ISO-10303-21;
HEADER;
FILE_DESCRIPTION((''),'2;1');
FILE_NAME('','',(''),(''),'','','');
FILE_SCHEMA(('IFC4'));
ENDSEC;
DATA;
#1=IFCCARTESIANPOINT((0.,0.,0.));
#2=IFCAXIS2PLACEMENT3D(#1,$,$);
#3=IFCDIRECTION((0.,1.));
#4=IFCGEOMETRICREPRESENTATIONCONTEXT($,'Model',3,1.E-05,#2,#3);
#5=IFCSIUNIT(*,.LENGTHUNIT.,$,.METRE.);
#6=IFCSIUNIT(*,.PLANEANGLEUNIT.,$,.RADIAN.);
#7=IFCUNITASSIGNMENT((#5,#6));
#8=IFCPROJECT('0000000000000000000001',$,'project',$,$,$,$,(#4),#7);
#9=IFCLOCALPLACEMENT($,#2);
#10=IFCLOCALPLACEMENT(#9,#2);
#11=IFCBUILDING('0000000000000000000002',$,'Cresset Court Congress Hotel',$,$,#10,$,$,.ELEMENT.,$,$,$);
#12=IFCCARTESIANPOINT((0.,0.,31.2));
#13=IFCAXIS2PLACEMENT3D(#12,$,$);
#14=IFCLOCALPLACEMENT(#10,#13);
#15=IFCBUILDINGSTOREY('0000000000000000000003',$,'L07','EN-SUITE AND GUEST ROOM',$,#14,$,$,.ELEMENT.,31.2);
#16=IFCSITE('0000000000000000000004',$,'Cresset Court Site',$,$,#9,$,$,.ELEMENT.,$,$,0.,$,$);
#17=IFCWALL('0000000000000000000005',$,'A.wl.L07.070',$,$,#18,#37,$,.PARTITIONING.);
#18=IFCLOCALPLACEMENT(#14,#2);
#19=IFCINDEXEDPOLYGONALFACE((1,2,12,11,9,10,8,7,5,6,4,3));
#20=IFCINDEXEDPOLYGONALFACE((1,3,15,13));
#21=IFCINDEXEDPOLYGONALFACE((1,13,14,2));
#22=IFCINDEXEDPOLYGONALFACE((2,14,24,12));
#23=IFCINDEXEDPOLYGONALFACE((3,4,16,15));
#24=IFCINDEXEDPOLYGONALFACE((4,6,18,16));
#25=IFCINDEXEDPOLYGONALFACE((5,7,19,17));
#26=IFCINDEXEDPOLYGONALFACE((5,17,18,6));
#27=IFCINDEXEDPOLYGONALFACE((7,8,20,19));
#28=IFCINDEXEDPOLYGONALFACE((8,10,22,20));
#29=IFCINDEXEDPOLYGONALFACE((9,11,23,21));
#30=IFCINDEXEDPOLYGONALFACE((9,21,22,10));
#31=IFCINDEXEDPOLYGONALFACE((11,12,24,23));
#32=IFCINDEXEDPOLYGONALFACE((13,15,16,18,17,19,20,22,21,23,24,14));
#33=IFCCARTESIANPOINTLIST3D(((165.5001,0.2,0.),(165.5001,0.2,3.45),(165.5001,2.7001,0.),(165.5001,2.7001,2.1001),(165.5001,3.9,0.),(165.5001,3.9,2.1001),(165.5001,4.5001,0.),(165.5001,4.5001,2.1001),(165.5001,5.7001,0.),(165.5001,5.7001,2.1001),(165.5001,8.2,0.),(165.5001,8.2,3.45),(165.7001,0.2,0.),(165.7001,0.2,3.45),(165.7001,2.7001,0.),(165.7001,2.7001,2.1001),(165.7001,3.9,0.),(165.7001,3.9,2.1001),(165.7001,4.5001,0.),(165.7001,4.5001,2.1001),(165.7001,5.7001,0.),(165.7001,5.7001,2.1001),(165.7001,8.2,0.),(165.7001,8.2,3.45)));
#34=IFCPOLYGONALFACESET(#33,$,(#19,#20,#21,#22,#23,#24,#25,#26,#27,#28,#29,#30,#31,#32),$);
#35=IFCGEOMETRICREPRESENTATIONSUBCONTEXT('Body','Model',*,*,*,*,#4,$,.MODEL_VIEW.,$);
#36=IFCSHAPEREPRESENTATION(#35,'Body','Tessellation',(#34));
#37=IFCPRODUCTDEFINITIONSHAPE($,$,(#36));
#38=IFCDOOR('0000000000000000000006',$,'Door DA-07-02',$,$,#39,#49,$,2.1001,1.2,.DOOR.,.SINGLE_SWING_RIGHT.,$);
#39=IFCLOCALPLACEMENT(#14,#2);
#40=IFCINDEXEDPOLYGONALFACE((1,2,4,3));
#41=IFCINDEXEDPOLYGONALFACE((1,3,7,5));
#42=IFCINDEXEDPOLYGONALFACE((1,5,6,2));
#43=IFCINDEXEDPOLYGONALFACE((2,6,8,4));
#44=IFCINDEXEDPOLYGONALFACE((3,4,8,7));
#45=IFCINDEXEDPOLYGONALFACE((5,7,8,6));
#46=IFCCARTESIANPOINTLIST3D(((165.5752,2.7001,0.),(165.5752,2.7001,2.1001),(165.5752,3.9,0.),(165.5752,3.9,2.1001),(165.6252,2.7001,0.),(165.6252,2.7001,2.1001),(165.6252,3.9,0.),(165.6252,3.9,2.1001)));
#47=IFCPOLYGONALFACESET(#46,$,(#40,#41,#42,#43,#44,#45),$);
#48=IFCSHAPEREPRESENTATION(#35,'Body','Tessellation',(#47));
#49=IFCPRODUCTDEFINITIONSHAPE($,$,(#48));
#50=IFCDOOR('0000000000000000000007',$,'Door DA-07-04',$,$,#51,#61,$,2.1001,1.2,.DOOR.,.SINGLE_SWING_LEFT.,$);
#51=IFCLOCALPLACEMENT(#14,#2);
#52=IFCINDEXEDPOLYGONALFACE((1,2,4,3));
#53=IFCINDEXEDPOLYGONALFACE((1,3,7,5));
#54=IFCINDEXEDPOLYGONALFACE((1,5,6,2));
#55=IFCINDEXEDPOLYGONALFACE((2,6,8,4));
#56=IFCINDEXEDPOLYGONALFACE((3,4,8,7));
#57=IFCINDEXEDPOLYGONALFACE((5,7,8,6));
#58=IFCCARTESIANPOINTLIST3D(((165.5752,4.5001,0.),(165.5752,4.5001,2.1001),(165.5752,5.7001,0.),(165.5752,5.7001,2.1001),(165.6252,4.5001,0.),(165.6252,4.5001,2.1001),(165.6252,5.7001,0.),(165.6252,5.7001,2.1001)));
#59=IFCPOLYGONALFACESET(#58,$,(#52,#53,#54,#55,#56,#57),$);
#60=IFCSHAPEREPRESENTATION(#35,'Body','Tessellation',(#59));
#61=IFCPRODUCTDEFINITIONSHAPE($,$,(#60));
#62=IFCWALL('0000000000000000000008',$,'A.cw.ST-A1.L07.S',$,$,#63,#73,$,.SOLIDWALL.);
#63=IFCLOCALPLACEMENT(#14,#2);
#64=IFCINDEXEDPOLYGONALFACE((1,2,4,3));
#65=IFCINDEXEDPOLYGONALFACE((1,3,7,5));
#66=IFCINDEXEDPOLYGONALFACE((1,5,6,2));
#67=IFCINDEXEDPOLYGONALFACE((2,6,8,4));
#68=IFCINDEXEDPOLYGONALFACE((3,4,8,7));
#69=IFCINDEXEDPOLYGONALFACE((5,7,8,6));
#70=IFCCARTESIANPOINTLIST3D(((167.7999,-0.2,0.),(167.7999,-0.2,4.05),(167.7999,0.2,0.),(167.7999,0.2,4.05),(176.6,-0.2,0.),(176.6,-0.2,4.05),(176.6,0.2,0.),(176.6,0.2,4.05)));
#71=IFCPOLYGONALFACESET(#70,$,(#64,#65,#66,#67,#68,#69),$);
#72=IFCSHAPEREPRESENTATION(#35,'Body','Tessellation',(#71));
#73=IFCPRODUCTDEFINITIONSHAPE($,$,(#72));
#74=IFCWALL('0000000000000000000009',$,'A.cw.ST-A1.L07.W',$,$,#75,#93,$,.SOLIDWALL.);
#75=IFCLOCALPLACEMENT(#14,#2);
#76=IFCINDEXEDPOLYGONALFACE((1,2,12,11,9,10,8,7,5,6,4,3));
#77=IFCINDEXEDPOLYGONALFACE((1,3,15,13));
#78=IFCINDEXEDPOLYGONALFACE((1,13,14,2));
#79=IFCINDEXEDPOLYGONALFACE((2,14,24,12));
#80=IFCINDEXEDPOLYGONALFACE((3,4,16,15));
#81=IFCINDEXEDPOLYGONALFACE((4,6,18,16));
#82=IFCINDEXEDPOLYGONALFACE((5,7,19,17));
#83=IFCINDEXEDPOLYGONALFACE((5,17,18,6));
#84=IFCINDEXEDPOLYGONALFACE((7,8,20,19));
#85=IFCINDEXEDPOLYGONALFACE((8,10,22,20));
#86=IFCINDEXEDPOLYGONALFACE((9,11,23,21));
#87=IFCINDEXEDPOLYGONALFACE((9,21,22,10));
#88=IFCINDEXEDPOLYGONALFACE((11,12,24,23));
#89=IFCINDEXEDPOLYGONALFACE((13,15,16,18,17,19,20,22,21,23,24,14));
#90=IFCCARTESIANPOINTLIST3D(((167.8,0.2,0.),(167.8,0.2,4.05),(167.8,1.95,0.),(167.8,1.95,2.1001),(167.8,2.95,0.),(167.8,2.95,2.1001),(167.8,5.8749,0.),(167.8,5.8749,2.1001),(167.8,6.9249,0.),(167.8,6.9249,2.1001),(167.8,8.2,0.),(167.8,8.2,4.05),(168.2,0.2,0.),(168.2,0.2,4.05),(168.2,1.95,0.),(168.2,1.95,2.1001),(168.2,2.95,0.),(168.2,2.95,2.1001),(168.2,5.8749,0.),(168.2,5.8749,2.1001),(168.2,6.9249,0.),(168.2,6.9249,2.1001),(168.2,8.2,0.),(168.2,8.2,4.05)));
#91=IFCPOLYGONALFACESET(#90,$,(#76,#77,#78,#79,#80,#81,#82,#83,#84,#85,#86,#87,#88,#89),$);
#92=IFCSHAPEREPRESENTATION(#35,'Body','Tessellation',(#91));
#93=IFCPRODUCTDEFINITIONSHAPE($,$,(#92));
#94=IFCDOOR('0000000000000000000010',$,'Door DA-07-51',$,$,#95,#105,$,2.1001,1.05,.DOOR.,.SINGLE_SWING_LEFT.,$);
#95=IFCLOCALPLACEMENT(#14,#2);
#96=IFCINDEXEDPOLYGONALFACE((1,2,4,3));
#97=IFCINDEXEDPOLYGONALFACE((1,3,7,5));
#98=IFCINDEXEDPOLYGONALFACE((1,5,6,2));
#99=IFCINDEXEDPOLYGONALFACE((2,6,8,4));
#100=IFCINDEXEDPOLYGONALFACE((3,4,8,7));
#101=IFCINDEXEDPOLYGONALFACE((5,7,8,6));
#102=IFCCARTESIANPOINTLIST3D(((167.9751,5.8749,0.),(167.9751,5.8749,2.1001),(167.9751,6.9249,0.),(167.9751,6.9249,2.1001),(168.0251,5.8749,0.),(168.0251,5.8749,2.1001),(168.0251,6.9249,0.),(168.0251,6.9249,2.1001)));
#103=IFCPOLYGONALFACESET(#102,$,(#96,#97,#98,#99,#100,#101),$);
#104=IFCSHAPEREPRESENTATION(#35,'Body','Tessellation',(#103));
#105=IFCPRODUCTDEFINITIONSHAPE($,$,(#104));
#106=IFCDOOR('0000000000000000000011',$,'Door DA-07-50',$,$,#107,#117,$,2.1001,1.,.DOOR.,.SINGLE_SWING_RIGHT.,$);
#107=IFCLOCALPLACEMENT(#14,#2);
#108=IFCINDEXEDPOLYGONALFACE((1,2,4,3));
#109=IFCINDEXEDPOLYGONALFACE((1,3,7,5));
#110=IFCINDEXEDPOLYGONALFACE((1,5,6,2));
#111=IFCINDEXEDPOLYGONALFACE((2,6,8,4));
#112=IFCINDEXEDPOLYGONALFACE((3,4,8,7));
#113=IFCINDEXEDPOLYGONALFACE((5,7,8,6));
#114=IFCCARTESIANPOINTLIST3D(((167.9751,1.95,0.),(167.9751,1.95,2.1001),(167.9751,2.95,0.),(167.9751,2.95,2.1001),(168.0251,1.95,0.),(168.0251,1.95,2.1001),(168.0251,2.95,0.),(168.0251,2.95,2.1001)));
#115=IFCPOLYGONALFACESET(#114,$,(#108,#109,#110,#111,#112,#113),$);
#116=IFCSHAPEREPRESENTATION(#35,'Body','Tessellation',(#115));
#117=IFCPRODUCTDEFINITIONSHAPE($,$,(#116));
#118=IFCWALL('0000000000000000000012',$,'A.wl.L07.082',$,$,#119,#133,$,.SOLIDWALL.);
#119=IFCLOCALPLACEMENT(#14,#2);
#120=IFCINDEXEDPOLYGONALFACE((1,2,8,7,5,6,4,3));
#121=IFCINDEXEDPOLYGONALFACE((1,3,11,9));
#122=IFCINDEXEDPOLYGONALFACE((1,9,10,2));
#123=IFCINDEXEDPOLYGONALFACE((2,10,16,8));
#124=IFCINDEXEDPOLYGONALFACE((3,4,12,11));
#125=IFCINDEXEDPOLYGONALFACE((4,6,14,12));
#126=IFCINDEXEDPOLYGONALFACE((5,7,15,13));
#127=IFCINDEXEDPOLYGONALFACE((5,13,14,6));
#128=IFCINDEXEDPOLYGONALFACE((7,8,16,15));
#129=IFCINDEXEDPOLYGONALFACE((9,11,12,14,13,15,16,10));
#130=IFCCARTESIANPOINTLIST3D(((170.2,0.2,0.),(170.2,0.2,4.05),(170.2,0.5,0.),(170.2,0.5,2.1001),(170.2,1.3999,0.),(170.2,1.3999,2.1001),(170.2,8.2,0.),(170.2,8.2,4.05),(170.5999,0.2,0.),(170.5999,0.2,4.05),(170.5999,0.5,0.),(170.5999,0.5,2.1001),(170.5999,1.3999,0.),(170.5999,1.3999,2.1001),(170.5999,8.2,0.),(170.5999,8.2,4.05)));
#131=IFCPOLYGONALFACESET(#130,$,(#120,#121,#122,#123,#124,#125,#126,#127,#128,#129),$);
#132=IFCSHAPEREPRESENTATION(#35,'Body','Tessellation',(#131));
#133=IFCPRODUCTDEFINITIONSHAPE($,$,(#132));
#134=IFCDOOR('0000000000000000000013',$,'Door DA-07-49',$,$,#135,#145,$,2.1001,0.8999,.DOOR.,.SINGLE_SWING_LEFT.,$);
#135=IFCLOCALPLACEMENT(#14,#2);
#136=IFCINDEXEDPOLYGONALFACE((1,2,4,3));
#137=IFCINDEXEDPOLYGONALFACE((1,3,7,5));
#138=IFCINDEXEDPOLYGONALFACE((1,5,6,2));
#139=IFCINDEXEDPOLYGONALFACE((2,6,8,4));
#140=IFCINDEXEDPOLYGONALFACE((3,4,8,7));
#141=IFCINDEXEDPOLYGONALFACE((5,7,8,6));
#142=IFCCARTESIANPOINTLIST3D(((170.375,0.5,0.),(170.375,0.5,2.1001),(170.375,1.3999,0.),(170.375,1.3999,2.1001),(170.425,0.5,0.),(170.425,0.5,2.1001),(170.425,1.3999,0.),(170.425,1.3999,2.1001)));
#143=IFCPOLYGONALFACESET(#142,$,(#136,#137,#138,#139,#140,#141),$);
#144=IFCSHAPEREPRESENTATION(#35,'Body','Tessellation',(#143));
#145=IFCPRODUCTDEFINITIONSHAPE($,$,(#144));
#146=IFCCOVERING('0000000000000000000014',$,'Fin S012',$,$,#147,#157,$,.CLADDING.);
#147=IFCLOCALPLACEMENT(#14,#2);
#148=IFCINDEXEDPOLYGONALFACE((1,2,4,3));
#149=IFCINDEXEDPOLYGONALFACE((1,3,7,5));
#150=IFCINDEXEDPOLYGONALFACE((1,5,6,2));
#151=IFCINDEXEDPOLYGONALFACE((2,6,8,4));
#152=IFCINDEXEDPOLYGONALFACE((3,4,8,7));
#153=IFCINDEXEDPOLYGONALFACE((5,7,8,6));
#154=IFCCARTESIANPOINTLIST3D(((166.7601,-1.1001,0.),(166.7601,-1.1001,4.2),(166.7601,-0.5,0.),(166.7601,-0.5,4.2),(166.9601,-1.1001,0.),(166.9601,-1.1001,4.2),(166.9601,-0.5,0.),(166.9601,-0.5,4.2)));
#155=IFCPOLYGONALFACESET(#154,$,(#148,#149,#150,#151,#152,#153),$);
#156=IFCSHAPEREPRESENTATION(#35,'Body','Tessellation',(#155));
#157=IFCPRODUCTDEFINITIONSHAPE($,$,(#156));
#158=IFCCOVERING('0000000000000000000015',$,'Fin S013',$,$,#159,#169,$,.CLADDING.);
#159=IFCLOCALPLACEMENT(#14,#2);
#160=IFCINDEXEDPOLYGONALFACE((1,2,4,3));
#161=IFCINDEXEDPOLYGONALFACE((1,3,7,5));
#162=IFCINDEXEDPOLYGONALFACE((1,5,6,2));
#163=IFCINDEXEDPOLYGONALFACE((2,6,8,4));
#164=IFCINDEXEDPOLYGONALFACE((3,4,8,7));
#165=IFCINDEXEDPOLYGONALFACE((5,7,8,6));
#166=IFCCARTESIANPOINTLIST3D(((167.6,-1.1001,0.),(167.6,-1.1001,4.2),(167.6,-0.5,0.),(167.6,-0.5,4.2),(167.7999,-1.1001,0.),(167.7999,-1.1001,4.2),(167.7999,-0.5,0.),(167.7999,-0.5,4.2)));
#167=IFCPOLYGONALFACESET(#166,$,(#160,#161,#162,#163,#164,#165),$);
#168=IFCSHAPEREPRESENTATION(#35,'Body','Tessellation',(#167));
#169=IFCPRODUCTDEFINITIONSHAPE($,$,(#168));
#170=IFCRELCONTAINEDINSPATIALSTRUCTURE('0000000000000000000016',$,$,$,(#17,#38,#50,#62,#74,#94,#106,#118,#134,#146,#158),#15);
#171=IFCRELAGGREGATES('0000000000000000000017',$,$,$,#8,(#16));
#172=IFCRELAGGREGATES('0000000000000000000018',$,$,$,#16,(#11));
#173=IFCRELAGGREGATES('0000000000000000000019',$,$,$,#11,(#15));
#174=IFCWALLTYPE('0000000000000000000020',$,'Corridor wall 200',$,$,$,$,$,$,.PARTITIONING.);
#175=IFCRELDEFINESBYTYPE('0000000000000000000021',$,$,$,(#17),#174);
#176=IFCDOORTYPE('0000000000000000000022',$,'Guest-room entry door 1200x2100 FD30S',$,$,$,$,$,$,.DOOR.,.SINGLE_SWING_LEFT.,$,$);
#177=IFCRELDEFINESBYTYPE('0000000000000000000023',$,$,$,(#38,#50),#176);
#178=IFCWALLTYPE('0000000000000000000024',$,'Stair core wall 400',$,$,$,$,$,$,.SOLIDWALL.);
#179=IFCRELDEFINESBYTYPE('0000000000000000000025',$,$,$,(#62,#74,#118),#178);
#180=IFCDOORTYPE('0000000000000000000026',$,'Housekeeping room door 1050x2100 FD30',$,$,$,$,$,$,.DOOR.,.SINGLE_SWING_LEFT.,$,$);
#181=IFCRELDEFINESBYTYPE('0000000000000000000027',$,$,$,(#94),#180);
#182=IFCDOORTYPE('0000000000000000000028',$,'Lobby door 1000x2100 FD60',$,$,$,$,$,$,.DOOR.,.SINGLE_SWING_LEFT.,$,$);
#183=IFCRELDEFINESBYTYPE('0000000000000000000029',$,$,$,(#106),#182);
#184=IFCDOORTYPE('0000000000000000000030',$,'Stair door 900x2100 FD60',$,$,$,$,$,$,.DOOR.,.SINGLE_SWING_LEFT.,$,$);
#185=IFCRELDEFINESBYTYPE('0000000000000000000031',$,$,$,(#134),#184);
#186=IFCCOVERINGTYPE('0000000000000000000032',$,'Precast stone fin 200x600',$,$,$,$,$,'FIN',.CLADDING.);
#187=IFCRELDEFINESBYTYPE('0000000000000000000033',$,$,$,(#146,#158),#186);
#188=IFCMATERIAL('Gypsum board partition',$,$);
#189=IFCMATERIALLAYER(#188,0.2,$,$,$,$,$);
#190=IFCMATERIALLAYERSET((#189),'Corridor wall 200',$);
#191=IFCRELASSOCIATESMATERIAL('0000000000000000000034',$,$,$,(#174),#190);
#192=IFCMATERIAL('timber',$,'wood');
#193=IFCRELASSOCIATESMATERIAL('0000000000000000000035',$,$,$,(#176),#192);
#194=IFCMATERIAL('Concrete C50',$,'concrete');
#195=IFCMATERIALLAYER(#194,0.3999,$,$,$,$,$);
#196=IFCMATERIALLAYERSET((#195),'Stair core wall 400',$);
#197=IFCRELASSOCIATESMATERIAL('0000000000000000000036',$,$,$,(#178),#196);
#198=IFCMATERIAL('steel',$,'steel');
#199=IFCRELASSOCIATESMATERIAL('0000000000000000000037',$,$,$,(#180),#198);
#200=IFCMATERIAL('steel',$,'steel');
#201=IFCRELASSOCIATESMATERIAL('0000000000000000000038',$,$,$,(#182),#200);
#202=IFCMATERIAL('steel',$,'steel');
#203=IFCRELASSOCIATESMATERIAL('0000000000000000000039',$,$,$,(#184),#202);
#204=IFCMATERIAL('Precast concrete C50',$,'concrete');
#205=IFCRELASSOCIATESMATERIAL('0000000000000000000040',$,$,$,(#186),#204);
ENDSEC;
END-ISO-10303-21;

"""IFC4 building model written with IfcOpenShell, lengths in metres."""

from ifc_helpers import new_model, si_unit, direction, frame, frame_2d, origin, origin_2d, place, context, subcontext, project, spatial, rectangle, extrude, material, layer, layer_set, type_object, element, fill, save


model = new_model("IFC4")

# Units and contexts
model_context = context("Model", 3, precision=1e-05, world=origin(), true_north=direction((0.0, 1.0)))
body_context = subcontext(model_context, "Body", "Model", "MODEL_VIEW")
ifc_project = project(units=[si_unit("LENGTHUNIT", "METRE"), si_unit("PLANEANGLEUNIT", "RADIAN")], contexts=[model_context])

# Site, building, storey
site_placement = place(None, origin())
site = spatial("IfcSite", under=ifc_project, at=site_placement, Name="Cresset Court Site", CompositionType="ELEMENT", RefElevation=0.0)
building_placement = place(site_placement, origin())
building = spatial("IfcBuilding", under=site, at=building_placement, Name="Cresset Court Congress Hotel", CompositionType="ELEMENT")
storey_placement = place(building_placement, frame((0.0, 0.0, 31.2)))
storey = spatial("IfcBuildingStorey", under=building, at=storey_placement, Name="L07", Description="EN-SUITE AND GUEST ROOM", CompositionType="ELEMENT", Elevation=31.2)

# Wall, openings, doors
ifc_material_1 = material(Name="Gypsum board partition")
ifc_layer_1 = layer(ifc_material_1, 0.2)
ifc_layer_set_1 = layer_set([ifc_layer_1], Name="Corridor wall 200")
wall_type_1 = type_object("IfcWallType", Name="Corridor wall 200", PredefinedType="PARTITIONING", material=ifc_layer_set_1)
wall_1_placement = place(storey_placement, frame((165.6001, 0.2, 0.0), z_axis=(0.0, 0.0, 1.0), x_axis=(0.0, 1.0, 0.0)))
wall_1 = element("IfcWall", 1, at=wall_1_placement, inside=storey, type_object=wall_type_1, Name="A.wl.L07.070", PredefinedType="PARTITIONING", context=body_context, shape_type="SweptSolid", body=[
    extrude(rectangle(XDim=8.0, YDim=0.2, at=frame_2d((4.0, 0.0))), origin(), (0.0, 0.0, 1.0), 3.45),
])
opening_1_placement = place(wall_1_placement, frame((2.5, 0.0, 0.0)))
opening_1 = element("IfcOpeningElement", 2, at=opening_1_placement, cuts=wall_1, PredefinedType="OPENING", context=body_context, shape_type="SweptSolid", body=[
    extrude(rectangle(XDim=1.2, YDim=2.1001, at=frame_2d((0.6001, 1.05))), frame((0.0, 0.1099, 0.0), z_axis=(0.0, -1.0, 0.0), x_axis=(1.0, 0.0, 0.0)), (0.0, 0.0, 1.0), 0.22),
])
opening_2_placement = place(wall_1_placement, frame((4.3, 0.0, 0.0)))
opening_2 = element("IfcOpeningElement", 3, at=opening_2_placement, cuts=wall_1, PredefinedType="OPENING", context=body_context, shape_type="SweptSolid", body=[
    extrude(rectangle(XDim=1.2, YDim=2.1001, at=frame_2d((0.6001, 1.05))), frame((0.0, 0.1099, 0.0), z_axis=(0.0, -1.0, 0.0), x_axis=(1.0, 0.0, 0.0)), (0.0, 0.0, 1.0), 0.22),
])
ifc_material_2 = material(Name="timber", Category="wood")
door_type_1 = type_object("IfcDoorType", Name="Guest-room entry door 1200x2100 FD30S", OperationType="SINGLE_SWING_LEFT", PredefinedType="DOOR", material=ifc_material_2)
door_1_placement = place(opening_1_placement, origin())
door_1 = element("IfcDoor", 4, at=door_1_placement, inside=storey, type_object=door_type_1, Name="Door DA-07-02", OperationType="SINGLE_SWING_RIGHT", OverallHeight=2.1001, OverallWidth=1.2, PredefinedType="DOOR", context=body_context, shape_type="SweptSolid", body=[
    extrude(rectangle(XDim=1.2, YDim=2.1001, at=frame_2d((0.6001, 1.05))), frame((0.0, 0.0249, 0.0), z_axis=(0.0, -1.0, 0.0), x_axis=(1.0, 0.0, 0.0)), (0.0, 0.0, 1.0), 0.05),
])
fill(opening_1, door_1)
door_2_placement = place(opening_2_placement, origin())
door_2 = element("IfcDoor", 5, at=door_2_placement, inside=storey, type_object=door_type_1, Name="Door DA-07-04", OperationType="SINGLE_SWING_LEFT", OverallHeight=2.1001, OverallWidth=1.2, PredefinedType="DOOR", context=body_context, shape_type="SweptSolid", body=[
    extrude(rectangle(XDim=1.2, YDim=2.1001, at=frame_2d((0.6001, 1.05))), frame((0.0, 0.0249, 0.0), z_axis=(0.0, -1.0, 0.0), x_axis=(1.0, 0.0, 0.0)), (0.0, 0.0, 1.0), 0.05),
])
fill(opening_2, door_2)

# Wall
ifc_material_3 = material(Name="Concrete C50", Category="concrete")
ifc_layer_2 = layer(ifc_material_3, 0.3999)
ifc_layer_set_2 = layer_set([ifc_layer_2], Name="Stair core wall 400")
wall_type_2 = type_object("IfcWallType", Name="Stair core wall 400", PredefinedType="SOLIDWALL", material=ifc_layer_set_2)
wall_2_placement = place(storey_placement, frame((167.8, 0.0, 0.0), z_axis=(0.0, 0.0, 1.0), x_axis=(1.0, 0.0, 0.0)))
element("IfcWall", 6, at=wall_2_placement, inside=storey, type_object=wall_type_2, Name="A.cw.ST-A1.L07.S", PredefinedType="SOLIDWALL", context=body_context, shape_type="SweptSolid", body=[
    extrude(rectangle(XDim=8.8, YDim=0.3999, at=frame_2d((4.3999, 0.0))), origin(), (0.0, 0.0, 1.0), 4.05),
])

# Wall, openings, doors
wall_3_placement = place(storey_placement, frame((168.0, 0.2, 0.0), z_axis=(0.0, 0.0, 1.0), x_axis=(0.0, 1.0, 0.0)))
wall_3 = element("IfcWall", 7, at=wall_3_placement, inside=storey, type_object=wall_type_2, Name="A.cw.ST-A1.L07.W", PredefinedType="SOLIDWALL", context=body_context, shape_type="SweptSolid", body=[
    extrude(rectangle(XDim=8.0, YDim=0.3999, at=frame_2d((4.0, 0.0))), origin(), (0.0, 0.0, 1.0), 4.05),
])
opening_3_placement = place(wall_3_placement, frame((1.75, 0.0, 0.0)))
opening_3 = element("IfcOpeningElement", 8, at=opening_3_placement, cuts=wall_3, PredefinedType="OPENING", context=body_context, shape_type="SweptSolid", body=[
    extrude(rectangle(XDim=1.0, YDim=2.1001, at=frame_2d((0.5, 1.05))), frame((0.0, 0.21, 0.0), z_axis=(0.0, -1.0, 0.0), x_axis=(1.0, 0.0, 0.0)), (0.0, 0.0, 1.0), 0.4199),
])
opening_4_placement = place(wall_3_placement, frame((5.675, 0.0, 0.0)))
opening_4 = element("IfcOpeningElement", 9, at=opening_4_placement, cuts=wall_3, PredefinedType="OPENING", context=body_context, shape_type="SweptSolid", body=[
    extrude(rectangle(XDim=1.05, YDim=2.1001, at=frame_2d((0.5249, 1.05))), frame((0.0, 0.21, 0.0), z_axis=(0.0, -1.0, 0.0), x_axis=(1.0, 0.0, 0.0)), (0.0, 0.0, 1.0), 0.4199),
])
ifc_material_4 = material(Name="steel", Category="steel")
door_type_2 = type_object("IfcDoorType", Name="Housekeeping room door 1050x2100 FD30", OperationType="SINGLE_SWING_LEFT", PredefinedType="DOOR", material=ifc_material_4)
door_3_placement = place(opening_4_placement, origin())
door_3 = element("IfcDoor", 10, at=door_3_placement, inside=storey, type_object=door_type_2, Name="Door DA-07-51", OperationType="SINGLE_SWING_LEFT", OverallHeight=2.1001, OverallWidth=1.05, PredefinedType="DOOR", context=body_context, shape_type="SweptSolid", body=[
    extrude(rectangle(XDim=1.05, YDim=2.1001, at=frame_2d((0.5249, 1.05))), frame((0.0, 0.0249, 0.0), z_axis=(0.0, -1.0, 0.0), x_axis=(1.0, 0.0, 0.0)), (0.0, 0.0, 1.0), 0.05),
])
fill(opening_4, door_3)
ifc_material_5 = material(Name="steel", Category="steel")
door_type_3 = type_object("IfcDoorType", Name="Lobby door 1000x2100 FD60", OperationType="SINGLE_SWING_LEFT", PredefinedType="DOOR", material=ifc_material_5)
door_4_placement = place(opening_3_placement, origin())
door_4 = element("IfcDoor", 11, at=door_4_placement, inside=storey, type_object=door_type_3, Name="Door DA-07-50", OperationType="SINGLE_SWING_RIGHT", OverallHeight=2.1001, OverallWidth=1.0, PredefinedType="DOOR", context=body_context, shape_type="SweptSolid", body=[
    extrude(rectangle(XDim=1.0, YDim=2.1001, at=frame_2d((0.5, 1.05))), frame((0.0, 0.0249, 0.0), z_axis=(0.0, -1.0, 0.0), x_axis=(1.0, 0.0, 0.0)), (0.0, 0.0, 1.0), 0.05),
])
fill(opening_3, door_4)

# Wall, opening, door
wall_4_placement = place(storey_placement, frame((170.3999, 0.2, 0.0), z_axis=(0.0, 0.0, 1.0), x_axis=(0.0, 1.0, 0.0)))
wall_4 = element("IfcWall", 12, at=wall_4_placement, inside=storey, type_object=wall_type_2, Name="A.wl.L07.082", PredefinedType="SOLIDWALL", context=body_context, shape_type="SweptSolid", body=[
    extrude(rectangle(XDim=8.0, YDim=0.3999, at=frame_2d((4.0, 0.0))), origin(), (0.0, 0.0, 1.0), 4.05),
])
opening_5_placement = place(wall_4_placement, frame((0.3, 0.0, 0.0)))
opening_5 = element("IfcOpeningElement", 13, at=opening_5_placement, cuts=wall_4, PredefinedType="OPENING", context=body_context, shape_type="SweptSolid", body=[
    extrude(rectangle(XDim=0.8999, YDim=2.1001, at=frame_2d((0.45, 1.05))), frame((0.0, 0.21, 0.0), z_axis=(0.0, -1.0, 0.0), x_axis=(1.0, 0.0, 0.0)), (0.0, 0.0, 1.0), 0.4199),
])
ifc_material_6 = material(Name="steel", Category="steel")
door_type_4 = type_object("IfcDoorType", Name="Stair door 900x2100 FD60", OperationType="SINGLE_SWING_LEFT", PredefinedType="DOOR", material=ifc_material_6)
door_5_placement = place(opening_5_placement, origin())
door_5 = element("IfcDoor", 14, at=door_5_placement, inside=storey, type_object=door_type_4, Name="Door DA-07-49", OperationType="SINGLE_SWING_LEFT", OverallHeight=2.1001, OverallWidth=0.8999, PredefinedType="DOOR", context=body_context, shape_type="SweptSolid", body=[
    extrude(rectangle(XDim=0.8999, YDim=2.1001, at=frame_2d((0.45, 1.05))), frame((0.0, 0.0249, 0.0), z_axis=(0.0, -1.0, 0.0), x_axis=(1.0, 0.0, 0.0)), (0.0, 0.0, 1.0), 0.05),
])
fill(opening_5, door_5)

# Coverings
ifc_material_7 = material(Name="Precast concrete C50", Category="concrete")
covering_type_1 = type_object("IfcCoveringType", Name="Precast stone fin 200x600", ElementType="FIN", PredefinedType="CLADDING", material=ifc_material_7)
for number, where, z_axis, x_axis, name in (
    (15, (166.8601, -0.8, 0.0), (0.0, 0.0, 1.0), (1.0, 0.0, 0.0), "Fin S012"),
    (16, (167.7, -0.8, 0.0), (0.0, 0.0, 1.0), (1.0, 0.0, 0.0), "Fin S013"),
):
    element("IfcCovering", number, at=place(storey_placement, frame(where, z_axis=z_axis, x_axis=x_axis)), inside=storey, type_object=covering_type_1, Name=name, PredefinedType="CLADDING", context=body_context, shape_type="SweptSolid", body=[
        extrude(rectangle(XDim=0.2, YDim=0.6001, at=origin_2d()), origin(), (0.0, 0.0, 1.0), 4.2),
    ])

save(model, "model.ifc")
